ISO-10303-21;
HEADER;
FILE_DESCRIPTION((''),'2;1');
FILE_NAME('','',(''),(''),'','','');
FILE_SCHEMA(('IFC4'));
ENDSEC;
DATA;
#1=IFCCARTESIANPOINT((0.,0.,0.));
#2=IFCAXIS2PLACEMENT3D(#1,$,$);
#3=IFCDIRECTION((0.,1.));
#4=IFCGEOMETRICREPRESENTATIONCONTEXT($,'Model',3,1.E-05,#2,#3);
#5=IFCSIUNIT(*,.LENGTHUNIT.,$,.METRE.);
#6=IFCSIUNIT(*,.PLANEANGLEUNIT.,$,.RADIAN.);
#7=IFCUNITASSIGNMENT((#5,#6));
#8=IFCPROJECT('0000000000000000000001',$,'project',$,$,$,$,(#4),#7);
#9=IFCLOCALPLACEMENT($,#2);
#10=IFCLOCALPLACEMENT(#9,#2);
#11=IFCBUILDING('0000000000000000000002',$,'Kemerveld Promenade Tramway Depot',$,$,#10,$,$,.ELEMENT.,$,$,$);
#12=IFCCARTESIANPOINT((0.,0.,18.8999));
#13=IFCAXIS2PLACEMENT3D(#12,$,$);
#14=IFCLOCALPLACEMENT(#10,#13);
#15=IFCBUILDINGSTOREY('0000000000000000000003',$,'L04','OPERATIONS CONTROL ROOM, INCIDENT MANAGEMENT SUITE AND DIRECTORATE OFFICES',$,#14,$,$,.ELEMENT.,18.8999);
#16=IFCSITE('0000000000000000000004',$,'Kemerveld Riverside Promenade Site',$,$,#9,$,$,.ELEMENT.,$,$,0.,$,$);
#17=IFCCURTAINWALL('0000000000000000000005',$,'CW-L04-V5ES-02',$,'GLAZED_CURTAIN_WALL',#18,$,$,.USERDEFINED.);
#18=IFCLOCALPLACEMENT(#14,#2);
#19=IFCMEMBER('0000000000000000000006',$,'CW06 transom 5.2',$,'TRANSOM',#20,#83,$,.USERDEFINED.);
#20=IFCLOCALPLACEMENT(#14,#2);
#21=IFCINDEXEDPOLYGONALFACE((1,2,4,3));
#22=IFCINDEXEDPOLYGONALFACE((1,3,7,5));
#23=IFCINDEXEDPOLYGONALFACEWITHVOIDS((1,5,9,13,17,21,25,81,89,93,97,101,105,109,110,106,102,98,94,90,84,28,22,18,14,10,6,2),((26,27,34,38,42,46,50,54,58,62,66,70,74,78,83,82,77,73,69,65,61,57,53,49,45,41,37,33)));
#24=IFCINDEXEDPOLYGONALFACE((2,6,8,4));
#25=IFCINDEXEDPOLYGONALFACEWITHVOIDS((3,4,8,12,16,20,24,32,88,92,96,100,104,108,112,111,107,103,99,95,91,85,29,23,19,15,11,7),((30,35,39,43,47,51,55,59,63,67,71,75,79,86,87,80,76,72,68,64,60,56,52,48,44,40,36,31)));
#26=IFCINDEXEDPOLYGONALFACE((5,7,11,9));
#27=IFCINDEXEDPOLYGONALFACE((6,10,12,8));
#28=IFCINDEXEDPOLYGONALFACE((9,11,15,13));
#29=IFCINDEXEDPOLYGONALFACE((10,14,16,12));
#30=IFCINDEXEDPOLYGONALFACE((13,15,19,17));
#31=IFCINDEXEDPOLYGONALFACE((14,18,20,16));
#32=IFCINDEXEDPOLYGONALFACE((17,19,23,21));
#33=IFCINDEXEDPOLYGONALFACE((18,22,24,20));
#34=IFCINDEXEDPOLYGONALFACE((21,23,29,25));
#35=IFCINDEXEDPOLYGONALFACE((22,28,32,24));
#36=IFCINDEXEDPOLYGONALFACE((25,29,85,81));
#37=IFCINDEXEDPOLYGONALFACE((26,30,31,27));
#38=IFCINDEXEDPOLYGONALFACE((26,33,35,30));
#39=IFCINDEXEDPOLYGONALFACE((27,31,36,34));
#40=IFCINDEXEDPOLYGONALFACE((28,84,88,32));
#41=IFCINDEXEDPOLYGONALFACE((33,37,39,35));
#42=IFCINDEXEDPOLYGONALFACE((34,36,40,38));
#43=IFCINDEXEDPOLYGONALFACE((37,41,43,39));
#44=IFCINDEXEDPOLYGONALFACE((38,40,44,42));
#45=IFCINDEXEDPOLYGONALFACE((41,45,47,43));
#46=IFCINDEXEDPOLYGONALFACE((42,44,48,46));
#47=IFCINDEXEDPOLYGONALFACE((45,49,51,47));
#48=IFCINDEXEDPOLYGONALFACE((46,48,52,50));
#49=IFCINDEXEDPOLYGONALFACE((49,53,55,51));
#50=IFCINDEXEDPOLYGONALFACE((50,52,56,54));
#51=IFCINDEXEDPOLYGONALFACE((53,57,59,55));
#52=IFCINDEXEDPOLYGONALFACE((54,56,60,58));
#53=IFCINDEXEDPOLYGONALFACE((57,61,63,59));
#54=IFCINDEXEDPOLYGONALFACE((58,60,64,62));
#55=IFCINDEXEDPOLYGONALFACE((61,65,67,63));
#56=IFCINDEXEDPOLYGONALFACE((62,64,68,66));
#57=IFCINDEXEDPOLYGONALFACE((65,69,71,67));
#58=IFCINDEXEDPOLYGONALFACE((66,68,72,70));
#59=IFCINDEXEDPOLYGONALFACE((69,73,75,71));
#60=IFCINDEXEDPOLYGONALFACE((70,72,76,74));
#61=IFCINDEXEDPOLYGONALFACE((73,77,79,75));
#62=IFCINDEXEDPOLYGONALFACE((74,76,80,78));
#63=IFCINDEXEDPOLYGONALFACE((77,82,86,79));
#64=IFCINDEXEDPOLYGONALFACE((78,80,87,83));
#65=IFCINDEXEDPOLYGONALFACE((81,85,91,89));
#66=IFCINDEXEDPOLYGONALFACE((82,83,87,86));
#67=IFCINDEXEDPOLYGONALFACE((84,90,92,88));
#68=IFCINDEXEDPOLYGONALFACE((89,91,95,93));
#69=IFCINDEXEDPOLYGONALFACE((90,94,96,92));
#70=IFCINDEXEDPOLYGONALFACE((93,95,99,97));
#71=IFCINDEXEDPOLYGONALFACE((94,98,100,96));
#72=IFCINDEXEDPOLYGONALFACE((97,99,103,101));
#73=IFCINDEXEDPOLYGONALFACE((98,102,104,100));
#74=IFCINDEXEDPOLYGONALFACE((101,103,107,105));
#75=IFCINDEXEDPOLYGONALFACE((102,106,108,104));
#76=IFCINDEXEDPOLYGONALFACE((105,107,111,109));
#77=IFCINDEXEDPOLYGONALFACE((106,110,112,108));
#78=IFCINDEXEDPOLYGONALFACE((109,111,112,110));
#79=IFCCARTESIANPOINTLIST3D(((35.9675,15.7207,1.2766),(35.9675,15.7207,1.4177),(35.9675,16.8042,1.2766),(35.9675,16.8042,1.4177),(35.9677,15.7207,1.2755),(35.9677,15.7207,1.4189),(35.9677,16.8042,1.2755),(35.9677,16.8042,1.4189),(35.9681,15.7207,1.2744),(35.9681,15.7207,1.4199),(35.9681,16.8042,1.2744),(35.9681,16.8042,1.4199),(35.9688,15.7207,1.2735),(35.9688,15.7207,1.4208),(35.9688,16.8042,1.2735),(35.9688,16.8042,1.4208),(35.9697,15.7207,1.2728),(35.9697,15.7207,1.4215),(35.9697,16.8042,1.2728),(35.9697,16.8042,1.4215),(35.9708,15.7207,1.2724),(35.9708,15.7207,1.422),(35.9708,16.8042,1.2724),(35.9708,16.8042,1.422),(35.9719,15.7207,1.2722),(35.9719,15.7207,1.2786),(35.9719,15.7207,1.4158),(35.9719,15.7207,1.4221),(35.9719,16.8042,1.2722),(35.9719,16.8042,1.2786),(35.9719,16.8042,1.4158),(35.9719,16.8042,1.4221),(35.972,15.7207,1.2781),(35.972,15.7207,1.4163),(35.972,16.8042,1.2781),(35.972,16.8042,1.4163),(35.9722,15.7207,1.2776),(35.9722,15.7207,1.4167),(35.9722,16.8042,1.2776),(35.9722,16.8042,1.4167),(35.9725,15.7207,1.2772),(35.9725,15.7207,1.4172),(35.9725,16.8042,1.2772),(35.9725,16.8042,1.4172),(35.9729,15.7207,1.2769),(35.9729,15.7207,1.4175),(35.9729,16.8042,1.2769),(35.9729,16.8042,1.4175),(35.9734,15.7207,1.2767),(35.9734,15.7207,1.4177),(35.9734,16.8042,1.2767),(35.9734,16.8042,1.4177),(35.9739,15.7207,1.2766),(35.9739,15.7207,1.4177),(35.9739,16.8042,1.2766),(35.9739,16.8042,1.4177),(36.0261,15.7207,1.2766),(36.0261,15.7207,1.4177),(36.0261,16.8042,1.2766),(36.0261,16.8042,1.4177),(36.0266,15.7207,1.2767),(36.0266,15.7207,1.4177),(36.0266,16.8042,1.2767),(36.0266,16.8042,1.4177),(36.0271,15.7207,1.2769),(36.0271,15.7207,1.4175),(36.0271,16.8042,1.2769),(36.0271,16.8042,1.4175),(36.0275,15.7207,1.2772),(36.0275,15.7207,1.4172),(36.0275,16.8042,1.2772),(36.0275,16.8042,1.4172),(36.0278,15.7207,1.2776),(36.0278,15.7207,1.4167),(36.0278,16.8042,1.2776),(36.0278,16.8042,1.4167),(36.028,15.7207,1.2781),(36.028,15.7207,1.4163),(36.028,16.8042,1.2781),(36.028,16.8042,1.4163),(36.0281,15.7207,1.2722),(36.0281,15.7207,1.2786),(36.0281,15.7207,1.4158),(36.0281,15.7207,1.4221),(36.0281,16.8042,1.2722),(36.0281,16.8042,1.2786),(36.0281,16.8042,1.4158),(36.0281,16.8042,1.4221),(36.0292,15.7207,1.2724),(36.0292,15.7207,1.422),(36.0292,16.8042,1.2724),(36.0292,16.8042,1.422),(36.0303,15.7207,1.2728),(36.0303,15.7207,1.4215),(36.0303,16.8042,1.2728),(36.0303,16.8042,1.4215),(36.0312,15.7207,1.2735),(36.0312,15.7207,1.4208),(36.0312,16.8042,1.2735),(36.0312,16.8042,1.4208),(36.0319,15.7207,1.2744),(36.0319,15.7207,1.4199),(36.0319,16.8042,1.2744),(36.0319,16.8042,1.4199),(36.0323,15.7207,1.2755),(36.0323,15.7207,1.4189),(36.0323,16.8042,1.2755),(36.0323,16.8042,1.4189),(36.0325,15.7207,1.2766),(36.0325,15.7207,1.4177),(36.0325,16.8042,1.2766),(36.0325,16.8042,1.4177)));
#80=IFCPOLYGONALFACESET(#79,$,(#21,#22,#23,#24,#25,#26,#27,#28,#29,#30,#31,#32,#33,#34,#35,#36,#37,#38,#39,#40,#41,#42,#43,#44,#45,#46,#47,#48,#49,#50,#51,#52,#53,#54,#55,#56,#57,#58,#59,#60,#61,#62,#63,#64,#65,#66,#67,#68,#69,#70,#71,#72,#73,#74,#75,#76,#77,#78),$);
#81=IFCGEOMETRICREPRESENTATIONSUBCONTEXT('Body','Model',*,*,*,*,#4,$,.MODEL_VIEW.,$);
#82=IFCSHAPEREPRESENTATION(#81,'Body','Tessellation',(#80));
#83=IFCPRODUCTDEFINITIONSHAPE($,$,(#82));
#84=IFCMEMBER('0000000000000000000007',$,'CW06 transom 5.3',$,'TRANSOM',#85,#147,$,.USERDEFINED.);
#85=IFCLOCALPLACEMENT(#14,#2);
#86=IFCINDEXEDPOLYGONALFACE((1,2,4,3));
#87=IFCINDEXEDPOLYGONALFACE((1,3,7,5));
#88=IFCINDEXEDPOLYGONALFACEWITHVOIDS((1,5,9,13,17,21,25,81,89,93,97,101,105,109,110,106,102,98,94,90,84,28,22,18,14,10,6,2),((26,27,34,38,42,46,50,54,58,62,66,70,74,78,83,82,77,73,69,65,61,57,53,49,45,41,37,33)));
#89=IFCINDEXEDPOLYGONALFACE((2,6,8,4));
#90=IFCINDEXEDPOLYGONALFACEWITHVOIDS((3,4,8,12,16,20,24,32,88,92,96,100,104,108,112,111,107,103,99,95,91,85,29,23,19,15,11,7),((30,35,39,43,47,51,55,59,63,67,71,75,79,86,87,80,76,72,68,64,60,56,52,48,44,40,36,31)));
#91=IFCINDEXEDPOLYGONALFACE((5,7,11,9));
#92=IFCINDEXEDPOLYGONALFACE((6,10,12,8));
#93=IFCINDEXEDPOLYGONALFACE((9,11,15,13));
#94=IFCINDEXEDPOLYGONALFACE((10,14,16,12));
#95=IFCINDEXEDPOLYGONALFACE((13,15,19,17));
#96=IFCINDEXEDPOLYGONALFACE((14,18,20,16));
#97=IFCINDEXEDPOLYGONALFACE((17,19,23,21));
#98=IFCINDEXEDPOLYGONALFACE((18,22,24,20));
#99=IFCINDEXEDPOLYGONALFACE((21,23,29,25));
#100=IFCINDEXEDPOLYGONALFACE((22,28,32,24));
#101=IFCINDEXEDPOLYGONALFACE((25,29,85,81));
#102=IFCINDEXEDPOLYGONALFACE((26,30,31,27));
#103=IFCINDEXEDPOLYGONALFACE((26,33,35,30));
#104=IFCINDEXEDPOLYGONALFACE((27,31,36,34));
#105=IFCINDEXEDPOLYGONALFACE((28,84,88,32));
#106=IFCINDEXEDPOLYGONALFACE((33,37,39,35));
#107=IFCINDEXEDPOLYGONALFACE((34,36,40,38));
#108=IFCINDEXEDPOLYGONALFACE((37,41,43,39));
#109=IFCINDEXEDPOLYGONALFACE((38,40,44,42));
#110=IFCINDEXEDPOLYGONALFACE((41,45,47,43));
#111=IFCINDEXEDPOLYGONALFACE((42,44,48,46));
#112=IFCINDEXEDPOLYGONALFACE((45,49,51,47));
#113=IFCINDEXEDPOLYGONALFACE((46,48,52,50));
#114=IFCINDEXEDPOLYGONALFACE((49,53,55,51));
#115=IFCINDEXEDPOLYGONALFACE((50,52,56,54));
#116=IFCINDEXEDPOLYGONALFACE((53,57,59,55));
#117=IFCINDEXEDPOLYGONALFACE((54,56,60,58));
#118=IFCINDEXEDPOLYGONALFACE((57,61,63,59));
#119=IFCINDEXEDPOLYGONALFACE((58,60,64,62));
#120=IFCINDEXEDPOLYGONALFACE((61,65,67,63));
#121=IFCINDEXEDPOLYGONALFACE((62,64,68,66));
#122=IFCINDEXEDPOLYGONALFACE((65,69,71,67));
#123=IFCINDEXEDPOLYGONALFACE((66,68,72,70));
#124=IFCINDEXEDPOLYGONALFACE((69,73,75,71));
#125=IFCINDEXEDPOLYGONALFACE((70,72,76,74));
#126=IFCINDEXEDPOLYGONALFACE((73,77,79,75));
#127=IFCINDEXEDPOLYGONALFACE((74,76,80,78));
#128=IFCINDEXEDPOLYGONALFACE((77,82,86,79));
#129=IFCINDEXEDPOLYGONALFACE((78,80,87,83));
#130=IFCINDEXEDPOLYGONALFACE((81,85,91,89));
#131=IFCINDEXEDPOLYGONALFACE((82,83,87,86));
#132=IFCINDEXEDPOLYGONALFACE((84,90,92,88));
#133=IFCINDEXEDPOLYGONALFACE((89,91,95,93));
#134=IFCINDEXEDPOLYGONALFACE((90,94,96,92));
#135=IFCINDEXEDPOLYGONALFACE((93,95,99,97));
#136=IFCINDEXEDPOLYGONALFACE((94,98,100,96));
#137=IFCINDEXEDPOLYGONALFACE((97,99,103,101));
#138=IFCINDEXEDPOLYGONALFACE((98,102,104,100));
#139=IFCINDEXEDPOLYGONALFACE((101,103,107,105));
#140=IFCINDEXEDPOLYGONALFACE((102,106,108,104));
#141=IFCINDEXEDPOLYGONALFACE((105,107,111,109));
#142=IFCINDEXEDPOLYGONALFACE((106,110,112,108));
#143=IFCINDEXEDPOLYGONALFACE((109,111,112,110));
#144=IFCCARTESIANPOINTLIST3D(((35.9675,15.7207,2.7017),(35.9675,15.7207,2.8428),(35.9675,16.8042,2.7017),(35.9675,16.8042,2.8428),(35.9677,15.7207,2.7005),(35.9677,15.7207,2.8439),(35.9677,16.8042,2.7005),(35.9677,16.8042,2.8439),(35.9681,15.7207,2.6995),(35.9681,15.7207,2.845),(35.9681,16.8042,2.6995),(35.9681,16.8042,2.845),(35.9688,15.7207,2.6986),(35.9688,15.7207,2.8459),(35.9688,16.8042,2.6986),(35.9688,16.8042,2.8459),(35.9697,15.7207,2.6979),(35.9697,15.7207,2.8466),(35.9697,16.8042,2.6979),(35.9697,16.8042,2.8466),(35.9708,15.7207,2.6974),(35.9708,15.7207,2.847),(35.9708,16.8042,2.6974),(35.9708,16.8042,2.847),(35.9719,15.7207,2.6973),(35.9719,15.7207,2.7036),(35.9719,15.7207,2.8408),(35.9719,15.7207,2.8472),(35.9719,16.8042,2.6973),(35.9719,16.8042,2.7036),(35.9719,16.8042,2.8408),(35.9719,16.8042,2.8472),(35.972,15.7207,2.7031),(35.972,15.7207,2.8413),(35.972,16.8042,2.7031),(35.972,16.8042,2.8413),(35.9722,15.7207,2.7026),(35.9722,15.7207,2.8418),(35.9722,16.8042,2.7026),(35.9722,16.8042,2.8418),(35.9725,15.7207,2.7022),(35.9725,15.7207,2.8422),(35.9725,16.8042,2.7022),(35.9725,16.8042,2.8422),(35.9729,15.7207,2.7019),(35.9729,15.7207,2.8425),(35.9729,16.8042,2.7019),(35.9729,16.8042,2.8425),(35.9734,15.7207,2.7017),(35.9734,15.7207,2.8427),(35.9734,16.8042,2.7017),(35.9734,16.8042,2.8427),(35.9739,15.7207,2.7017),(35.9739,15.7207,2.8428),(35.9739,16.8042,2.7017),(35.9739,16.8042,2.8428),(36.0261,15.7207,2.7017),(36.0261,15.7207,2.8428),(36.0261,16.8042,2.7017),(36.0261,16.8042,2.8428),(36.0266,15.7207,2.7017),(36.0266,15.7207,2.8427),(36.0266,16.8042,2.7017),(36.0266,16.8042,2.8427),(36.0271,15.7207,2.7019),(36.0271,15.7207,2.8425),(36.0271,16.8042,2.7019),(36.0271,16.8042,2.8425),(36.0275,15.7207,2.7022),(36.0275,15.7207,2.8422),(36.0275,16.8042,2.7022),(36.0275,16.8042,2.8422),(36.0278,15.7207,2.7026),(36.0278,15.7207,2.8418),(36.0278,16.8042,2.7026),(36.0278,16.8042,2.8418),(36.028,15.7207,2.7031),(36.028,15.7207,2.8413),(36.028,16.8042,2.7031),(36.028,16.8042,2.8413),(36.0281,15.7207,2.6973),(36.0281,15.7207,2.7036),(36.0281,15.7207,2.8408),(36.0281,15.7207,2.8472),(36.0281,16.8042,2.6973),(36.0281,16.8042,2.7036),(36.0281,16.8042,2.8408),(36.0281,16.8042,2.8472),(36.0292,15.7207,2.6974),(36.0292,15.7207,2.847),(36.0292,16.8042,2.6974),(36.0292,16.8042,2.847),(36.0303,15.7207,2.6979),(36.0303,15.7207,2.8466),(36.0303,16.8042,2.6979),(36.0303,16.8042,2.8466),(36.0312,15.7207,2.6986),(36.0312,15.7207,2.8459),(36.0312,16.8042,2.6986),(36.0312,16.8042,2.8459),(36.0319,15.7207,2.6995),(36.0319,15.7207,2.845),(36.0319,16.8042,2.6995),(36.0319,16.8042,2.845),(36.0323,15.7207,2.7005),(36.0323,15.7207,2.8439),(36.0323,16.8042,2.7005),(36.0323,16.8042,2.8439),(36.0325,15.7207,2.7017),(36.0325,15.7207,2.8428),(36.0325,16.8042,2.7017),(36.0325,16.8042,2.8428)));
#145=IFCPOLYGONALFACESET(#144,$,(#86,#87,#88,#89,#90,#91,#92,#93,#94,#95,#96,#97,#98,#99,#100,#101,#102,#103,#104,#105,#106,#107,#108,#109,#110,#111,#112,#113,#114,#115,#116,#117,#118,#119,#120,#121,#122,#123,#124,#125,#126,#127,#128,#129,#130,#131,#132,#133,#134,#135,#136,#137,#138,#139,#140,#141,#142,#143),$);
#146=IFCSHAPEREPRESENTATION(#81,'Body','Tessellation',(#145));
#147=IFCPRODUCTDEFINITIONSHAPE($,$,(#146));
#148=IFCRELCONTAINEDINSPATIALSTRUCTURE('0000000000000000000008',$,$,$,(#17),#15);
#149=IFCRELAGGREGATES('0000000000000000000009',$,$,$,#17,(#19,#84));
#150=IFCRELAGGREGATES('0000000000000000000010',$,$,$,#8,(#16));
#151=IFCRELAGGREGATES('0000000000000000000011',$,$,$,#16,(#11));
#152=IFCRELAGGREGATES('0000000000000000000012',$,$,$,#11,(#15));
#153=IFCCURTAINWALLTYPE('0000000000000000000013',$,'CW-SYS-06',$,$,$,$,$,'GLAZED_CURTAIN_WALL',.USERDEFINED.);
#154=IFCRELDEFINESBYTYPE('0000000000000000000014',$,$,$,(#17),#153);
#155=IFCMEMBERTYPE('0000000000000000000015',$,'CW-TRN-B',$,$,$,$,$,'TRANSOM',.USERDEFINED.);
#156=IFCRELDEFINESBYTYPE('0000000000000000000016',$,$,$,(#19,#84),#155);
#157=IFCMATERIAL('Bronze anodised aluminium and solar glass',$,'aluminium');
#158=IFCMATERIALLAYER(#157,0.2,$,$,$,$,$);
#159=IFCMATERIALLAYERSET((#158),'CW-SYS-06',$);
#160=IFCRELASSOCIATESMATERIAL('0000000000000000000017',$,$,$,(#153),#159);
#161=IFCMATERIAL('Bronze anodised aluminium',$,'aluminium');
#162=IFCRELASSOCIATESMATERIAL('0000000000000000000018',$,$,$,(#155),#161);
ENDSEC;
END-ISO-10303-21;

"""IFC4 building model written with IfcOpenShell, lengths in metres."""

from ifc_helpers import new_model, si_unit, direction, frame, origin, origin_2d, place, context, subcontext, project, spatial, hollow_rectangle, extrude, material, layer, layer_set, material_profile, profile_set, type_object, element, aggregate, save


model = new_model("IFC4")

# Units and contexts
model_context = context("Model", 3, precision=1e-05, world=origin(), true_north=direction((0.0, 1.0)))
body_context = subcontext(model_context, "Body", "Model", "MODEL_VIEW")
ifc_project = project(units=[si_unit("LENGTHUNIT", "METRE"), si_unit("PLANEANGLEUNIT", "RADIAN")], contexts=[model_context])

# Site, building, storey
site_placement = place(None, origin())
site = spatial("IfcSite", under=ifc_project, at=site_placement, Name="Kemerveld Riverside Promenade Site", CompositionType="ELEMENT", RefElevation=0.0)
building_placement = place(site_placement, origin())
building = spatial("IfcBuilding", under=site, at=building_placement, Name="Kemerveld Promenade Tramway Depot", CompositionType="ELEMENT")
storey_placement = place(building_placement, frame((0.0, 0.0, 18.8999)))
storey = spatial("IfcBuildingStorey", under=building, at=storey_placement, Name="L04", Description="OPERATIONS CONTROL ROOM, INCIDENT MANAGEMENT SUITE AND DIRECTORATE OFFICES", CompositionType="ELEMENT", Elevation=18.8999)

# Curtain wall, members
ifc_material_1 = material(Name="Bronze anodised aluminium and solar glass", Category="aluminium")
ifc_layer_1 = layer(ifc_material_1, 0.2)
ifc_layer_set_1 = layer_set([ifc_layer_1], Name="CW-SYS-06")
curtain_wall_type = type_object("IfcCurtainWallType", Name="CW-SYS-06", ElementType="GLAZED_CURTAIN_WALL", PredefinedType="USERDEFINED", material=ifc_layer_set_1)
curtain_wall_placement = place(storey_placement, origin())
curtain_wall = element("IfcCurtainWall", 1, at=curtain_wall_placement, inside=storey, type_object=curtain_wall_type, Name="CW-L04-V5ES-02", ObjectType="GLAZED_CURTAIN_WALL", PredefinedType="USERDEFINED")
ifc_material_2 = material(Name="Bronze anodised aluminium", Category="aluminium")
ifc_material_profile_1 = material_profile(ifc_material_2, hollow_rectangle(XDim=0.0649, YDim=0.1499, WallThickness=0.0044, InnerFilletRadius=0.002, OuterFilletRadius=0.0044, at=origin_2d()), Name="CW-TRN-150x65")
ifc_profile_set_1 = profile_set([ifc_material_profile_1], Name="Bronze anodised aluminium")
member_type_1 = type_object("IfcMemberType", Name="CW-TRN-B", ElementType="TRANSOM", PredefinedType="USERDEFINED", material=ifc_profile_set_1)
member_1_placement = place(storey_placement, frame((36.0, 16.8042, 1.3472), z_axis=(0.0, -1.0, 0.0), x_axis=(1.0, 0.0, 0.0)))
member_1 = element("IfcMember", 2, at=member_1_placement, type_object=member_type_1, Name="CW06 transom 5.2", ObjectType="TRANSOM", PredefinedType="USERDEFINED", context=body_context, shape_type="SweptSolid", body=[
    extrude(hollow_rectangle(XDim=0.0649, YDim=0.1499, WallThickness=0.0044, InnerFilletRadius=0.002, OuterFilletRadius=0.0044, at=origin_2d()), origin(), (0.0, 0.0, 1.0), 1.0835),
])
member_2_placement = place(storey_placement, frame((36.0, 16.8042, 2.7722), z_axis=(0.0, -1.0, 0.0), x_axis=(1.0, 0.0, 0.0)))
member_2 = element("IfcMember", 3, at=member_2_placement, type_object=member_type_1, Name="CW06 transom 5.3", ObjectType="TRANSOM", PredefinedType="USERDEFINED", context=body_context, shape_type="SweptSolid", body=[
    extrude(hollow_rectangle(XDim=0.0649, YDim=0.1499, WallThickness=0.0044, InnerFilletRadius=0.002, OuterFilletRadius=0.0044, at=origin_2d()), origin(), (0.0, 0.0, 1.0), 1.0835),
])
aggregate(curtain_wall, [member_1, member_2])

save(model, "model.ifc")
